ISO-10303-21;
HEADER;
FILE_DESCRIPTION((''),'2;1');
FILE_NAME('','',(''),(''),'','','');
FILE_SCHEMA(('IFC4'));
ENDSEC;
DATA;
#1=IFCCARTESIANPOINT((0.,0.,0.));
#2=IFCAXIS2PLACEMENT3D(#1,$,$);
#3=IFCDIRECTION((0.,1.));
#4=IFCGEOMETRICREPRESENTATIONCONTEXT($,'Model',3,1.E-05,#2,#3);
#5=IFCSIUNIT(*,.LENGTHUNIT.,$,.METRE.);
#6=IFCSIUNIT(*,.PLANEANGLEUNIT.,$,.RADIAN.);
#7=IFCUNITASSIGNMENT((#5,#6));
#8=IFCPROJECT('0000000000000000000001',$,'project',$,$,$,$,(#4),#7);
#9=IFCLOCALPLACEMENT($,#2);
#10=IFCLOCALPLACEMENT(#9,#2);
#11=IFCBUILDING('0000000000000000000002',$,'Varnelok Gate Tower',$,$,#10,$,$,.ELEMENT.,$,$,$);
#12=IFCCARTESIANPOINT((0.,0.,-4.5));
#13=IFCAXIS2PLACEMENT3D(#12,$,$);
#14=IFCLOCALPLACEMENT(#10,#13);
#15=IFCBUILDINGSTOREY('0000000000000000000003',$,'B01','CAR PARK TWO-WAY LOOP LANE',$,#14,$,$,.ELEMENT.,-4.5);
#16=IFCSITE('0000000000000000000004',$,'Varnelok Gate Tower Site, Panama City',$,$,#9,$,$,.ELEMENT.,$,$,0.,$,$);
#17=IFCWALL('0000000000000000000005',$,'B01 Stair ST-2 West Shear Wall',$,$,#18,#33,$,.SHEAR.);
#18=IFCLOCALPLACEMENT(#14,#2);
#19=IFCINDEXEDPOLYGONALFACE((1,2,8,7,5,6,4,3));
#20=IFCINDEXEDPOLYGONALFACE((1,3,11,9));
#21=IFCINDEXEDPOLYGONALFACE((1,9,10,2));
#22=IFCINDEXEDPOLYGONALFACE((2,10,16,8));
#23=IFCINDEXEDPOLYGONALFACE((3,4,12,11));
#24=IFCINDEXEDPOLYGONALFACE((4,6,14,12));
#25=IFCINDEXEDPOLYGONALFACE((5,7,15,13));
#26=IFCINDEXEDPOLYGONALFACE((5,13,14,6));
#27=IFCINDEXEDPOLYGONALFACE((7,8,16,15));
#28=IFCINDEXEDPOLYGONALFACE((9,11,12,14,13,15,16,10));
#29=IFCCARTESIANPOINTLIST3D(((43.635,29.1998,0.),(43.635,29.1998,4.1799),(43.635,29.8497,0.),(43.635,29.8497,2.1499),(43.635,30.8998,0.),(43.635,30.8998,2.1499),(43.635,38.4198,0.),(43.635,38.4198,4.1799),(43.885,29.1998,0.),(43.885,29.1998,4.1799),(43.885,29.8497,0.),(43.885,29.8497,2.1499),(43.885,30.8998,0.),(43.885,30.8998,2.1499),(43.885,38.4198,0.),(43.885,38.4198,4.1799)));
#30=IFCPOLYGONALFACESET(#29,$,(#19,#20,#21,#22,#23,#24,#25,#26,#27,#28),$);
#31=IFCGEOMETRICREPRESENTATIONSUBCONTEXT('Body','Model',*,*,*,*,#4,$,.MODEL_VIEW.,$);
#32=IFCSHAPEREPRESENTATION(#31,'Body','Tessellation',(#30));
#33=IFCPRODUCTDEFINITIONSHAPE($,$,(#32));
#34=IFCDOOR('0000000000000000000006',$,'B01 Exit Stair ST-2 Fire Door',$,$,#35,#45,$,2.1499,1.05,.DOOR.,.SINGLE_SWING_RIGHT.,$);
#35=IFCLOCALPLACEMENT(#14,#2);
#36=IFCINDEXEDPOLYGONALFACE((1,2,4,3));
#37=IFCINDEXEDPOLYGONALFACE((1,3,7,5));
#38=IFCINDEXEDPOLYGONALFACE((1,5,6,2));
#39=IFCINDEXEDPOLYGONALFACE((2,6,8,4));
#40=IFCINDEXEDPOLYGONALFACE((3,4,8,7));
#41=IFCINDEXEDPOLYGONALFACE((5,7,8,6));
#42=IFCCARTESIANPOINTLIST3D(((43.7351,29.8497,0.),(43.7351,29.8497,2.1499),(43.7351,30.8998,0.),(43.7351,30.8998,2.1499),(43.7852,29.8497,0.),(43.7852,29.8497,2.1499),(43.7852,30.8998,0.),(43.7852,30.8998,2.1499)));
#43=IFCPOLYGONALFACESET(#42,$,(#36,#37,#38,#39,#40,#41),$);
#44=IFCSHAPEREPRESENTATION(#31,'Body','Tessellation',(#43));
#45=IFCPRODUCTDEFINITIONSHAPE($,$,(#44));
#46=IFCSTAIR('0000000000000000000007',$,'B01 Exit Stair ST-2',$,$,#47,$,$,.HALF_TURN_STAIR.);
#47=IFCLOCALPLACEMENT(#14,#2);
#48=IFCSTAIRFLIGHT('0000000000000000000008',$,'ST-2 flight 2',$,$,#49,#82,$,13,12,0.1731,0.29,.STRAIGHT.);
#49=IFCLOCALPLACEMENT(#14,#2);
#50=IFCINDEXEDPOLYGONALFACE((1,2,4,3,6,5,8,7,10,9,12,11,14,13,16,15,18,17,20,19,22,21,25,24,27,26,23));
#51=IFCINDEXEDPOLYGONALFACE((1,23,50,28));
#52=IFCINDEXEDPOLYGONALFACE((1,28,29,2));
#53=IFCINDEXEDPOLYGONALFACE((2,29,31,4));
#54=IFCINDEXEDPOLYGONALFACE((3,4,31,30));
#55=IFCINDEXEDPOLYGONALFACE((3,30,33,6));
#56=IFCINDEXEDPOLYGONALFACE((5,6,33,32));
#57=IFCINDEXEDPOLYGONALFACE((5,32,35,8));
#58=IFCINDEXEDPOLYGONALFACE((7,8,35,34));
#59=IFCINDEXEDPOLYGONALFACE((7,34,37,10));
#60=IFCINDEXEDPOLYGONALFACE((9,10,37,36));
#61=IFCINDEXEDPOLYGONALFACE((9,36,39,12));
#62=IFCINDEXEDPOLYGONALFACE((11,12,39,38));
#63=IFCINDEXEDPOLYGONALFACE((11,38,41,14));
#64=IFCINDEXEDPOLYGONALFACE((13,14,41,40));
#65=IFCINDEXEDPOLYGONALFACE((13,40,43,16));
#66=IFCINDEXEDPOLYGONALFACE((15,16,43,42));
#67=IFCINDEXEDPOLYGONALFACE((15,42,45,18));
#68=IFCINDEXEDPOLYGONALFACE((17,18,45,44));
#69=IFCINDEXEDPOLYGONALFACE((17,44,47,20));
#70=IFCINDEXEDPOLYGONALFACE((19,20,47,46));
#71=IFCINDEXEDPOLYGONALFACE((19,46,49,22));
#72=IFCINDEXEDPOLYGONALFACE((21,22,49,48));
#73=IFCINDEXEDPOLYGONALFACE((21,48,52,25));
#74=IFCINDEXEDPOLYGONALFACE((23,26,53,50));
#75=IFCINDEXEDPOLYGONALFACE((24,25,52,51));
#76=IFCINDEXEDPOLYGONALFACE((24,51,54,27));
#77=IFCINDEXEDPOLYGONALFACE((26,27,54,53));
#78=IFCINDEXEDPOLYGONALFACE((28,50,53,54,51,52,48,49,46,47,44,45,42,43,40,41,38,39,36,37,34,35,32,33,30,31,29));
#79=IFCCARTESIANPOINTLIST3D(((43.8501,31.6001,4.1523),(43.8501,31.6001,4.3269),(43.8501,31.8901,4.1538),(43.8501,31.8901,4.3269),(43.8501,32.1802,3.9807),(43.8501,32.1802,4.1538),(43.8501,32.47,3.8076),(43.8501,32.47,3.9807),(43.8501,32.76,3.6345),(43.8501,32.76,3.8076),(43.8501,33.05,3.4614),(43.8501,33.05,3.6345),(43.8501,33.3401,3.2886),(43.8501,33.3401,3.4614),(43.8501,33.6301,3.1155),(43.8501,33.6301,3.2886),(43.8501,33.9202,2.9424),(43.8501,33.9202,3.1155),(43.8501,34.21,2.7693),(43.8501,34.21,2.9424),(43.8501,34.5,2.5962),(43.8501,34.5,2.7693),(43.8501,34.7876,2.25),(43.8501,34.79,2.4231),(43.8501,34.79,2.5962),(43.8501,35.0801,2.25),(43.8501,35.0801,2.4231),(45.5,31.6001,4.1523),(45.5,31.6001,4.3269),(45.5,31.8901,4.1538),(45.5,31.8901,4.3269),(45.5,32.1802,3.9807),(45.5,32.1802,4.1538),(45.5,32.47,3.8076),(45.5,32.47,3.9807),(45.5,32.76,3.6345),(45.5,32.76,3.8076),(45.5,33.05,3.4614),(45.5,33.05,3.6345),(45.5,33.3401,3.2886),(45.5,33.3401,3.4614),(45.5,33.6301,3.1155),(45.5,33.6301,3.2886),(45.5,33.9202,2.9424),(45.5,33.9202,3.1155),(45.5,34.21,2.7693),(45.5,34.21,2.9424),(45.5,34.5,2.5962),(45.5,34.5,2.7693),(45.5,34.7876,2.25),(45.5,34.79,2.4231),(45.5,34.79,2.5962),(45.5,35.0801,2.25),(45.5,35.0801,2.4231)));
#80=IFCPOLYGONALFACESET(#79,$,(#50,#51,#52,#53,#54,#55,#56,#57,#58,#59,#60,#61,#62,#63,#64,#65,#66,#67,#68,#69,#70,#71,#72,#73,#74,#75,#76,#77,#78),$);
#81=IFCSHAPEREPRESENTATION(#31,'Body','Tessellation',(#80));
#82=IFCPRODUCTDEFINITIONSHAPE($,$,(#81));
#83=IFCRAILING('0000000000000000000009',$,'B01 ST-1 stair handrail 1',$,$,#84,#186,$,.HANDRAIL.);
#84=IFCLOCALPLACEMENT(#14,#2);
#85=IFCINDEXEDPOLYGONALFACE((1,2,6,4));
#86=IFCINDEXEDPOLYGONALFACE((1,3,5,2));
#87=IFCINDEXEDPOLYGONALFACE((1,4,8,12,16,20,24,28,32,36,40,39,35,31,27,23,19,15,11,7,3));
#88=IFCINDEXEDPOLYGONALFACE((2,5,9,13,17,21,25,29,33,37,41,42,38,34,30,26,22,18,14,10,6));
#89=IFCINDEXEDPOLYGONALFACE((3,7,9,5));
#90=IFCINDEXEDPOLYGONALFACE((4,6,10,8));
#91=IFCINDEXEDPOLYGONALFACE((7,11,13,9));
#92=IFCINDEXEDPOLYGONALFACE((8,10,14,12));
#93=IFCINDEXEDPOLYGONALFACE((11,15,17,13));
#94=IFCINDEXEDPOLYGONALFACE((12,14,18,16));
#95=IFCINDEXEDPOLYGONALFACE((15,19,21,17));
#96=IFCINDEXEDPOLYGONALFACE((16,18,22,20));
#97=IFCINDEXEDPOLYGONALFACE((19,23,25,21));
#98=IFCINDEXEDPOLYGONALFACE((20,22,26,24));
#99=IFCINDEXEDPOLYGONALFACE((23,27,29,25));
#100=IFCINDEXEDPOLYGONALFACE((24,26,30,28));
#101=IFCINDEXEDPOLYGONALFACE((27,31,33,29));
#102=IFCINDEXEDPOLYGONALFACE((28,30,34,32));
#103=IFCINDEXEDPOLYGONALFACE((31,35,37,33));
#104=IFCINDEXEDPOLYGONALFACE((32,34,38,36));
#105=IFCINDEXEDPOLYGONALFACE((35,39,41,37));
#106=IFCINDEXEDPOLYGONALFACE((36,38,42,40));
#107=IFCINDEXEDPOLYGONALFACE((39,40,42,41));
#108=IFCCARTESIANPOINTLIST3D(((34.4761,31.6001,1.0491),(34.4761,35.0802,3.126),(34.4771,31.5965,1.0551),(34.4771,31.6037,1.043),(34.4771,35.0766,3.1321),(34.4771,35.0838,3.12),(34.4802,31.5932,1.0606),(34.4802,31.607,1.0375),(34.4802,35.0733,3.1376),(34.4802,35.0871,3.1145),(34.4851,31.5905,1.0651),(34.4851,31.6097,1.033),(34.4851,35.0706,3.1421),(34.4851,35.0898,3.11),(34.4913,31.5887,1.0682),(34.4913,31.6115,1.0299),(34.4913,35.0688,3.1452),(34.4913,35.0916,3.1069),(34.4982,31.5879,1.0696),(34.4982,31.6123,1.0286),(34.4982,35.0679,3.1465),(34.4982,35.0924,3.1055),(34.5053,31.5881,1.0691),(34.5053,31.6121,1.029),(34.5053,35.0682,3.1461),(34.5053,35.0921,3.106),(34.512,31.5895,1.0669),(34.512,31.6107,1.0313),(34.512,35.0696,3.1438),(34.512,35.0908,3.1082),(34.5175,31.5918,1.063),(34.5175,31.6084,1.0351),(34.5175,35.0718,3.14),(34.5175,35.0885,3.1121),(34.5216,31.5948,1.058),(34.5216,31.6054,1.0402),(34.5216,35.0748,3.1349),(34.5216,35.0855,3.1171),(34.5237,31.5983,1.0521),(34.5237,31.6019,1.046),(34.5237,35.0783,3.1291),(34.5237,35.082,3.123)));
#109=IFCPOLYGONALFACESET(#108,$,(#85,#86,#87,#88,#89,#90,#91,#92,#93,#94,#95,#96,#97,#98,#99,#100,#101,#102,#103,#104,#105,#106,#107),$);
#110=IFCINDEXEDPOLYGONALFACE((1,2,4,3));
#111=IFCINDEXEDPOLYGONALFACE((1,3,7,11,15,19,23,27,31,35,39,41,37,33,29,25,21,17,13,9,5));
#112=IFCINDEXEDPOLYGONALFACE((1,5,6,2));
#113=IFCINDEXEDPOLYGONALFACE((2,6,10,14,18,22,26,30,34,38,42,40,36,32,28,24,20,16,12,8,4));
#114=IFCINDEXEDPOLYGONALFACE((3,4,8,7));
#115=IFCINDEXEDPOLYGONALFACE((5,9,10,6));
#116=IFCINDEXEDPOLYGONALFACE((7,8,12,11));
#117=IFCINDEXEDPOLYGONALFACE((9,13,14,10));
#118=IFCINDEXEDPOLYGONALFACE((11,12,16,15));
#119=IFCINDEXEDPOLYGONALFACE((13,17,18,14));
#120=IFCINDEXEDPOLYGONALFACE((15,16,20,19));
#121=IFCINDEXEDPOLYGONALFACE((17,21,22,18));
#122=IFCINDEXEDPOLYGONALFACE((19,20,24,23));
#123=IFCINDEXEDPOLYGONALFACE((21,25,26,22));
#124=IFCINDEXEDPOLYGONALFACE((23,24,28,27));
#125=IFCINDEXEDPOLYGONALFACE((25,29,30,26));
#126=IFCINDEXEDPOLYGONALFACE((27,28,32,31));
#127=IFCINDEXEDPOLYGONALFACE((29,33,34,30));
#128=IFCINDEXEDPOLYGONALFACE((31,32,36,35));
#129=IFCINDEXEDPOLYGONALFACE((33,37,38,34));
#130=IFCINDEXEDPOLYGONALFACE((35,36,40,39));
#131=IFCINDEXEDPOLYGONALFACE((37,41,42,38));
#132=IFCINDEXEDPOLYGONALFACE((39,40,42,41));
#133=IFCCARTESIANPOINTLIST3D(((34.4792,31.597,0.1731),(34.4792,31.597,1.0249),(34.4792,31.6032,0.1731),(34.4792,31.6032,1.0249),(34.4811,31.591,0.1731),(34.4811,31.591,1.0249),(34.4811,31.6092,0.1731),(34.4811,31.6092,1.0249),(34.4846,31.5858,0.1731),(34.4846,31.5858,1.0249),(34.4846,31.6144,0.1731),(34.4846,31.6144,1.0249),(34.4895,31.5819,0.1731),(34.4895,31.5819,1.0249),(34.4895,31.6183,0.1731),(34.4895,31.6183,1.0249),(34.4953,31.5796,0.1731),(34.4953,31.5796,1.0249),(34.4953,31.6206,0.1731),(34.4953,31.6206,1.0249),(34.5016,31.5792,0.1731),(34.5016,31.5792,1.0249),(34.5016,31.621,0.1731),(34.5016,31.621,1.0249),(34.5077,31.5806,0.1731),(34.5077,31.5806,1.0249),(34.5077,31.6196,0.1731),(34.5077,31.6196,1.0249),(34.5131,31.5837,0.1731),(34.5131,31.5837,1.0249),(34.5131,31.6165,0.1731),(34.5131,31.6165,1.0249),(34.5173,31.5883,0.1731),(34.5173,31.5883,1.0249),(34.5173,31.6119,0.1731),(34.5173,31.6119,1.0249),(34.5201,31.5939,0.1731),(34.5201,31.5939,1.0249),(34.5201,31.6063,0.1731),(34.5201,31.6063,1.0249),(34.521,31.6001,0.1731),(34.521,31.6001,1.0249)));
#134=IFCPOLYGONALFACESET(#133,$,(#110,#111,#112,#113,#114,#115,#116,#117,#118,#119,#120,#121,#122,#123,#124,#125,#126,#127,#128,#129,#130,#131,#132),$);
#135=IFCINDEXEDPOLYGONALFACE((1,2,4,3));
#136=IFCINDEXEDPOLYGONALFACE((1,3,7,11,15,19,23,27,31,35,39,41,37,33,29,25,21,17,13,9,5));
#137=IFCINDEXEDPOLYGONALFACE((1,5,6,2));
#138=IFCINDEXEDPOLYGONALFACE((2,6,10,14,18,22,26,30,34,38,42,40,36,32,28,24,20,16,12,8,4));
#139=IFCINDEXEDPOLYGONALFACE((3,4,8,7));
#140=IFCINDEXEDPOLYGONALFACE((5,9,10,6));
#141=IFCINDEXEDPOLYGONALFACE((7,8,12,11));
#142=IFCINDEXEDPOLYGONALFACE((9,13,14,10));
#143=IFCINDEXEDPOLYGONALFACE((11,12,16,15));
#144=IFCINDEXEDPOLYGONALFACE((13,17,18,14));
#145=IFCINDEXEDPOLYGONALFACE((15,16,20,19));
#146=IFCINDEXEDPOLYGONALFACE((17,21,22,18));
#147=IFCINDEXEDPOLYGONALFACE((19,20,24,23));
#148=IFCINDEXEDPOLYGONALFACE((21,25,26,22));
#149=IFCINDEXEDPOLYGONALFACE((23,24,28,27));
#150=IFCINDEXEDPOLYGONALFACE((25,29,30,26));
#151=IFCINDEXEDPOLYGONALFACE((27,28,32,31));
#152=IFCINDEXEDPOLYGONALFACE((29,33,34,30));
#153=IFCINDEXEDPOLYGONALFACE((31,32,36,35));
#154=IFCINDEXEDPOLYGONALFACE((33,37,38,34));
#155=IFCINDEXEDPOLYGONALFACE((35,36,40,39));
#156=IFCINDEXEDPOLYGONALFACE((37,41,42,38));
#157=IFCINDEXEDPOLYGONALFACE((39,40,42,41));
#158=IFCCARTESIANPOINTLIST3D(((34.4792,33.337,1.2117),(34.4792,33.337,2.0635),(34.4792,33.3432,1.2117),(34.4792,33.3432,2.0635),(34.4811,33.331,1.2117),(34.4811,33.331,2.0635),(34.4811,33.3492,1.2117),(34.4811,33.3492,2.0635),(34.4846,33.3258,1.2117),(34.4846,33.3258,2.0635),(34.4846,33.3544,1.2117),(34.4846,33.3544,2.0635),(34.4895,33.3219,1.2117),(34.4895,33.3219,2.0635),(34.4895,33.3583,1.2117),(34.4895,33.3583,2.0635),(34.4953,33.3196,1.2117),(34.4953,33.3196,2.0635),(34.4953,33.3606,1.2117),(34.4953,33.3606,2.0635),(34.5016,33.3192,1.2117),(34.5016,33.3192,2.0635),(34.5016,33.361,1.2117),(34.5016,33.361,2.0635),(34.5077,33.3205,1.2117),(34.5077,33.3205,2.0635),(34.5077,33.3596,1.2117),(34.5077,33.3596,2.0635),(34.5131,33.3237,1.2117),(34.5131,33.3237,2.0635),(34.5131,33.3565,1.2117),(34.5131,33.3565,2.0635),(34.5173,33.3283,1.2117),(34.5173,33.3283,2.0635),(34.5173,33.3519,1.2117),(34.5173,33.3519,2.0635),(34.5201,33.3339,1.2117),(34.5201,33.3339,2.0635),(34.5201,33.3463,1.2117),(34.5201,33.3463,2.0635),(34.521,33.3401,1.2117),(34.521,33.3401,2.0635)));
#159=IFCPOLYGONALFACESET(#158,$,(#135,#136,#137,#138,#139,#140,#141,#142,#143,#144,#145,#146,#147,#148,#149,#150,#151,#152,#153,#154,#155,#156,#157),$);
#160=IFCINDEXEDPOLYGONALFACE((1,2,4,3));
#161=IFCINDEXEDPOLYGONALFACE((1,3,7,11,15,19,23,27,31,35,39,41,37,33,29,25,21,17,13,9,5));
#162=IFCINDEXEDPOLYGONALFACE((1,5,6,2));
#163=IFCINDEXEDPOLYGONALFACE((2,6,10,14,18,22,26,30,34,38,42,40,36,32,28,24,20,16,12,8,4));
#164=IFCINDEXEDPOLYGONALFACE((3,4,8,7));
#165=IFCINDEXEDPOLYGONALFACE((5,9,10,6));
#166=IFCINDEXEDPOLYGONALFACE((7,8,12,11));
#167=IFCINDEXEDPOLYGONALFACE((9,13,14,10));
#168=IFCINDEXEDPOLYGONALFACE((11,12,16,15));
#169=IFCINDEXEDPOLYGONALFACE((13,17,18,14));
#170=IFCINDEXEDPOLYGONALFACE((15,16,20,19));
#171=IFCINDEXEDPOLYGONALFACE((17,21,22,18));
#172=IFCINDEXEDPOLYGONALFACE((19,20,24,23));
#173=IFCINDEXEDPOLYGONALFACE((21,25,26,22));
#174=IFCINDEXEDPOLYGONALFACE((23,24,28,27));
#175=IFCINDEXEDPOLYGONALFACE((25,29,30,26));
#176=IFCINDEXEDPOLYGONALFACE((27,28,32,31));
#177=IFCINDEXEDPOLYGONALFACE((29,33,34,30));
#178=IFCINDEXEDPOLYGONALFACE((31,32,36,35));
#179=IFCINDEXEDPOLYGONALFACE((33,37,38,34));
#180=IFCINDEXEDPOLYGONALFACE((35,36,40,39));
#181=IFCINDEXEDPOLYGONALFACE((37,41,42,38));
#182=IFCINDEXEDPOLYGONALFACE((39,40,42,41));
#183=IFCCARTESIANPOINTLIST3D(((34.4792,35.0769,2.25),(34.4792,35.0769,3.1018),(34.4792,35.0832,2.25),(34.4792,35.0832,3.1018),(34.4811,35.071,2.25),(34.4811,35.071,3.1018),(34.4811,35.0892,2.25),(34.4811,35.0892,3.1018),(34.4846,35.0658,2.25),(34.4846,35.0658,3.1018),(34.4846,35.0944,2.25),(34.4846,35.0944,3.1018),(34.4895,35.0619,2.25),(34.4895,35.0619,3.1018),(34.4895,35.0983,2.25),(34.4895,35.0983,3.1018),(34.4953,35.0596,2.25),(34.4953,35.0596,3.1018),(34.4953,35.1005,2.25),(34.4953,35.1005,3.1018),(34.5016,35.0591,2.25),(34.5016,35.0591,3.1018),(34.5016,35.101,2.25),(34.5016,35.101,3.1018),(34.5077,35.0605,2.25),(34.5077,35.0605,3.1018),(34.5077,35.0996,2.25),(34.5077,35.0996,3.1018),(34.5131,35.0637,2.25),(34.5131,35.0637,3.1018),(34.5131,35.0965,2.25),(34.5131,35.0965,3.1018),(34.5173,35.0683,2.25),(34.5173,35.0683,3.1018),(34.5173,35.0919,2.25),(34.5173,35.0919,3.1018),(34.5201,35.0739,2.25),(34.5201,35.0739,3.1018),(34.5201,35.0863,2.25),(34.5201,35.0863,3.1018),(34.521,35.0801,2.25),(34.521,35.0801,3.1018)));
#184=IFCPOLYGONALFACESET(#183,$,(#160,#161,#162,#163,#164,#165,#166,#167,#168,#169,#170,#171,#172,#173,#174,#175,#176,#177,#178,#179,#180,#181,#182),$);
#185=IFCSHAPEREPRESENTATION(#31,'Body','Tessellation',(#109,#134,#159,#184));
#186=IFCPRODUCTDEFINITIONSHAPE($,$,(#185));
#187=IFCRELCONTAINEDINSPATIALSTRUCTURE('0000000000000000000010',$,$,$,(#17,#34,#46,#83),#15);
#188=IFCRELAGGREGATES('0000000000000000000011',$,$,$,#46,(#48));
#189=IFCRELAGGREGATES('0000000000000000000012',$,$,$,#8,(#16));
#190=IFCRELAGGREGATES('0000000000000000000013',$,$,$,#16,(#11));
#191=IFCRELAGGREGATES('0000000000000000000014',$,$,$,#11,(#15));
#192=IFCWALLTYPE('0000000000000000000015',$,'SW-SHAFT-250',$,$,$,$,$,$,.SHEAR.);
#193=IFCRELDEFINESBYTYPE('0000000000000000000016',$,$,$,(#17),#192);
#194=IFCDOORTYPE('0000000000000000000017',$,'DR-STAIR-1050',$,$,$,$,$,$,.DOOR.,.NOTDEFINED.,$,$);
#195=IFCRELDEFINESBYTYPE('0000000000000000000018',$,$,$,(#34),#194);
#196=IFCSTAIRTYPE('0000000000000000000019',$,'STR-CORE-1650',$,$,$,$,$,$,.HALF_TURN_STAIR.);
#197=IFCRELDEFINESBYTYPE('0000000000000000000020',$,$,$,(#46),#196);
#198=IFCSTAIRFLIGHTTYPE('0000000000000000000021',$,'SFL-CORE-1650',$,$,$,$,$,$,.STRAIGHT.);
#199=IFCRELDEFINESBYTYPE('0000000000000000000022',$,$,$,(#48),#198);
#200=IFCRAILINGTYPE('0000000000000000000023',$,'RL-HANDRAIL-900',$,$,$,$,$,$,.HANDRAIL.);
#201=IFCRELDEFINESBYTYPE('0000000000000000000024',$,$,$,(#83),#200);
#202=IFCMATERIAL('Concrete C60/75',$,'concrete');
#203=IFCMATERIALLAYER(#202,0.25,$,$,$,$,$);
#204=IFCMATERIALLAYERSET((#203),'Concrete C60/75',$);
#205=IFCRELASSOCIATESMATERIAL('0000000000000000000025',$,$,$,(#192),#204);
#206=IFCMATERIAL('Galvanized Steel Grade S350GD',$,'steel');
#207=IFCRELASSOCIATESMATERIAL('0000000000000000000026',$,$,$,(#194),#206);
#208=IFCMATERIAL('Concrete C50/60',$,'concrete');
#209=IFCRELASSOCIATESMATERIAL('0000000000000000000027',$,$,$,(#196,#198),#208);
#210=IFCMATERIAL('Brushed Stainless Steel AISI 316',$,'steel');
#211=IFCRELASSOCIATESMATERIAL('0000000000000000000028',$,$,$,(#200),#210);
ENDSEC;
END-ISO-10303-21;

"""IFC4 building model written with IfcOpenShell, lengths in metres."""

from ifc_helpers import new_model, si_unit, direction, frame, frame_2d, origin, origin_2d, place, context, subcontext, project, spatial, polyline, rectangle, circle, outline, extrude, material, layer, layer_set, type_object, element, fill, aggregate, save


model = new_model("IFC4")

# Units and contexts
model_context = context("Model", 3, precision=1e-05, world=origin(), true_north=direction((0.0, 1.0)))
body_context = subcontext(model_context, "Body", "Model", "MODEL_VIEW")
ifc_project = project(units=[si_unit("LENGTHUNIT", "METRE"), si_unit("PLANEANGLEUNIT", "RADIAN")], contexts=[model_context])

# Site, building, storey
site_placement = place(None, origin())
site = spatial("IfcSite", under=ifc_project, at=site_placement, Name="Varnelok Gate Tower Site, Panama City", CompositionType="ELEMENT", RefElevation=0.0)
building_placement = place(site_placement, origin())
building = spatial("IfcBuilding", under=site, at=building_placement, Name="Varnelok Gate Tower", CompositionType="ELEMENT")
storey_placement = place(building_placement, frame((0.0, 0.0, -4.5)))
storey = spatial("IfcBuildingStorey", under=building, at=storey_placement, Name="B01", Description="CAR PARK TWO-WAY LOOP LANE", CompositionType="ELEMENT", Elevation=-4.5)

# Shared definitions
ifc_material_1 = material(Name="Galvanized Steel Grade S350GD", Category="steel")

# Wall, opening, door
ifc_material_2 = material(Name="Concrete C60/75", Category="concrete")
ifc_layer_1 = layer(ifc_material_2, 0.25)
ifc_layer_set_1 = layer_set([ifc_layer_1], Name="Concrete C60/75")
wall_type_1 = type_object("IfcWallType", Name="SW-SHAFT-250", PredefinedType="SHEAR", material=ifc_layer_set_1)
door_type_1 = type_object("IfcDoorType", Name="DR-STAIR-1050", OperationType="NOTDEFINED", PredefinedType="DOOR", material=ifc_material_1)
wall_1_placement = place(storey_placement, frame((43.76, 29.2, 0.0), z_axis=(0.0, 0.0, 1.0), x_axis=(0.0, 1.0, 0.0)))
wall_1 = element("IfcWall", 1, at=wall_1_placement, inside=storey, type_object=wall_type_1, Name="B01 Stair ST-2 West Shear Wall", PredefinedType="SHEAR", context=body_context, shape_type="SweptSolid", body=[
    extrude(rectangle(XDim=9.22, YDim=0.25, at=frame_2d((4.6099, 0.0))), origin(), (0.0, 0.0, 1.0), 4.1799),
])
opening_1_placement = place(wall_1_placement, frame((0.6499, 0.0, 0.0)))
opening_1 = element("IfcOpeningElement", 2, at=opening_1_placement, cuts=wall_1, PredefinedType="OPENING", context=body_context, shape_type="SweptSolid", body=[
    extrude(rectangle(XDim=1.05, YDim=2.1499, at=frame_2d((0.5249, 1.075))), frame((0.0, 0.135, 0.0), z_axis=(0.0, -1.0, 0.0), x_axis=(1.0, 0.0, 0.0)), (0.0, 0.0, 1.0), 0.27),
])
door_1_placement = place(opening_1_placement, origin())
door_1 = element("IfcDoor", 3, at=door_1_placement, inside=storey, type_object=door_type_1, Name="B01 Exit Stair ST-2 Fire Door", OperationType="SINGLE_SWING_RIGHT", OverallHeight=2.1499, OverallWidth=1.05, PredefinedType="DOOR", context=body_context, shape_type="SweptSolid", body=[
    extrude(rectangle(XDim=1.05, YDim=2.1499, at=frame_2d((0.5249, 1.075))), frame((0.0, 0.0249, 0.0), z_axis=(0.0, -1.0, 0.0), x_axis=(1.0, 0.0, 0.0)), (0.0, 0.0, 1.0), 0.05),
])
fill(opening_1, door_1)

# Stair, stair flight
ifc_material_3 = material(Name="Concrete C50/60", Category="concrete")
stair_type = type_object("IfcStairType", Name="STR-CORE-1650", PredefinedType="HALF_TURN_STAIR", material=ifc_material_3)
stair_placement = place(storey_placement, origin())
stair = element("IfcStair", 4, at=stair_placement, inside=storey, type_object=stair_type, Name="B01 Exit Stair ST-2", PredefinedType="HALF_TURN_STAIR")
stair_flight_type = type_object("IfcStairFlightType", Name="SFL-CORE-1650", PredefinedType="STRAIGHT", material=ifc_material_3)
stair_flight_placement = place(storey_placement, frame((44.675, 35.0801, 2.25), z_axis=(0.0, 0.0, 1.0), x_axis=(0.0, -1.0, 0.0)))
stair_flight = element("IfcStairFlight", 5, at=stair_flight_placement, type_object=stair_flight_type, Name="ST-2 flight 2", NumberOfRisers=13, NumberOfTreads=12, PredefinedType="STRAIGHT", RiserHeight=0.1731, TreadLength=0.29, context=body_context, shape_type="SweptSolid", body=[
    extrude(outline(polyline([(0.0, 0.0), (0.0, 0.1731), (0.29, 0.1731), (0.29, 0.3462), (0.5801, 0.3462), (0.5801, 0.5193), (0.8701, 0.5193), (0.8701, 0.6924), (1.1599, 0.6924), (1.1599, 0.8655), (1.45, 0.8655), (1.45, 1.0386), (1.74, 1.0386), (1.74, 1.2114), (2.03, 1.2114), (2.03, 1.3845), (2.3201, 1.3845), (2.3201, 1.5576), (2.6101, 1.5576), (2.6101, 1.7307), (2.8999, 1.7307), (2.8999, 1.9038), (3.1899, 1.9038), (3.1899, 2.0769), (3.48, 2.0769), (3.48, 2.25), (3.48, 1.9023), (0.2925, 0.0), (0.0, 0.0)])), frame((0.0, 0.825, 0.0), z_axis=(0.0, -1.0, 0.0), x_axis=(1.0, 0.0, 0.0)), (0.0, 0.0, 1.0), 1.6499),
])
aggregate(stair, [stair_flight])

# Railing
ifc_material_4 = material(Name="Brushed Stainless Steel AISI 316", Category="steel")
railing_type_1 = type_object("IfcRailingType", Name="RL-HANDRAIL-900", PredefinedType="HANDRAIL", material=ifc_material_4)
railing_1_placement = place(storey_placement, frame((34.5, 31.6001, 0.1731)))
element("IfcRailing", 6, at=railing_1_placement, inside=storey, type_object=railing_type_1, Name="B01 ST-1 stair handrail 1", PredefinedType="HANDRAIL", context=body_context, shape_type="SweptSolid", body=[
    extrude(circle(Radius=0.0239, at=origin_2d()), frame((0.0, 0.0, 0.876), z_axis=(0.0, 0.858697, 0.512483), x_axis=(-1.0, 0.0, 0.0)), (0.0, 0.0, 1.0), 4.0527),
    extrude(circle(Radius=0.021, at=origin_2d()), origin(), (0.0, 0.0, 1.0), 0.8518),
    extrude(circle(Radius=0.021, at=origin_2d()), frame((0.0, 1.74, 1.0386)), (0.0, 0.0, 1.0), 0.8518),
    extrude(circle(Radius=0.021, at=origin_2d()), frame((0.0, 3.48, 2.0769)), (0.0, 0.0, 1.0), 0.8518),
])

save(model, "model.ifc")
